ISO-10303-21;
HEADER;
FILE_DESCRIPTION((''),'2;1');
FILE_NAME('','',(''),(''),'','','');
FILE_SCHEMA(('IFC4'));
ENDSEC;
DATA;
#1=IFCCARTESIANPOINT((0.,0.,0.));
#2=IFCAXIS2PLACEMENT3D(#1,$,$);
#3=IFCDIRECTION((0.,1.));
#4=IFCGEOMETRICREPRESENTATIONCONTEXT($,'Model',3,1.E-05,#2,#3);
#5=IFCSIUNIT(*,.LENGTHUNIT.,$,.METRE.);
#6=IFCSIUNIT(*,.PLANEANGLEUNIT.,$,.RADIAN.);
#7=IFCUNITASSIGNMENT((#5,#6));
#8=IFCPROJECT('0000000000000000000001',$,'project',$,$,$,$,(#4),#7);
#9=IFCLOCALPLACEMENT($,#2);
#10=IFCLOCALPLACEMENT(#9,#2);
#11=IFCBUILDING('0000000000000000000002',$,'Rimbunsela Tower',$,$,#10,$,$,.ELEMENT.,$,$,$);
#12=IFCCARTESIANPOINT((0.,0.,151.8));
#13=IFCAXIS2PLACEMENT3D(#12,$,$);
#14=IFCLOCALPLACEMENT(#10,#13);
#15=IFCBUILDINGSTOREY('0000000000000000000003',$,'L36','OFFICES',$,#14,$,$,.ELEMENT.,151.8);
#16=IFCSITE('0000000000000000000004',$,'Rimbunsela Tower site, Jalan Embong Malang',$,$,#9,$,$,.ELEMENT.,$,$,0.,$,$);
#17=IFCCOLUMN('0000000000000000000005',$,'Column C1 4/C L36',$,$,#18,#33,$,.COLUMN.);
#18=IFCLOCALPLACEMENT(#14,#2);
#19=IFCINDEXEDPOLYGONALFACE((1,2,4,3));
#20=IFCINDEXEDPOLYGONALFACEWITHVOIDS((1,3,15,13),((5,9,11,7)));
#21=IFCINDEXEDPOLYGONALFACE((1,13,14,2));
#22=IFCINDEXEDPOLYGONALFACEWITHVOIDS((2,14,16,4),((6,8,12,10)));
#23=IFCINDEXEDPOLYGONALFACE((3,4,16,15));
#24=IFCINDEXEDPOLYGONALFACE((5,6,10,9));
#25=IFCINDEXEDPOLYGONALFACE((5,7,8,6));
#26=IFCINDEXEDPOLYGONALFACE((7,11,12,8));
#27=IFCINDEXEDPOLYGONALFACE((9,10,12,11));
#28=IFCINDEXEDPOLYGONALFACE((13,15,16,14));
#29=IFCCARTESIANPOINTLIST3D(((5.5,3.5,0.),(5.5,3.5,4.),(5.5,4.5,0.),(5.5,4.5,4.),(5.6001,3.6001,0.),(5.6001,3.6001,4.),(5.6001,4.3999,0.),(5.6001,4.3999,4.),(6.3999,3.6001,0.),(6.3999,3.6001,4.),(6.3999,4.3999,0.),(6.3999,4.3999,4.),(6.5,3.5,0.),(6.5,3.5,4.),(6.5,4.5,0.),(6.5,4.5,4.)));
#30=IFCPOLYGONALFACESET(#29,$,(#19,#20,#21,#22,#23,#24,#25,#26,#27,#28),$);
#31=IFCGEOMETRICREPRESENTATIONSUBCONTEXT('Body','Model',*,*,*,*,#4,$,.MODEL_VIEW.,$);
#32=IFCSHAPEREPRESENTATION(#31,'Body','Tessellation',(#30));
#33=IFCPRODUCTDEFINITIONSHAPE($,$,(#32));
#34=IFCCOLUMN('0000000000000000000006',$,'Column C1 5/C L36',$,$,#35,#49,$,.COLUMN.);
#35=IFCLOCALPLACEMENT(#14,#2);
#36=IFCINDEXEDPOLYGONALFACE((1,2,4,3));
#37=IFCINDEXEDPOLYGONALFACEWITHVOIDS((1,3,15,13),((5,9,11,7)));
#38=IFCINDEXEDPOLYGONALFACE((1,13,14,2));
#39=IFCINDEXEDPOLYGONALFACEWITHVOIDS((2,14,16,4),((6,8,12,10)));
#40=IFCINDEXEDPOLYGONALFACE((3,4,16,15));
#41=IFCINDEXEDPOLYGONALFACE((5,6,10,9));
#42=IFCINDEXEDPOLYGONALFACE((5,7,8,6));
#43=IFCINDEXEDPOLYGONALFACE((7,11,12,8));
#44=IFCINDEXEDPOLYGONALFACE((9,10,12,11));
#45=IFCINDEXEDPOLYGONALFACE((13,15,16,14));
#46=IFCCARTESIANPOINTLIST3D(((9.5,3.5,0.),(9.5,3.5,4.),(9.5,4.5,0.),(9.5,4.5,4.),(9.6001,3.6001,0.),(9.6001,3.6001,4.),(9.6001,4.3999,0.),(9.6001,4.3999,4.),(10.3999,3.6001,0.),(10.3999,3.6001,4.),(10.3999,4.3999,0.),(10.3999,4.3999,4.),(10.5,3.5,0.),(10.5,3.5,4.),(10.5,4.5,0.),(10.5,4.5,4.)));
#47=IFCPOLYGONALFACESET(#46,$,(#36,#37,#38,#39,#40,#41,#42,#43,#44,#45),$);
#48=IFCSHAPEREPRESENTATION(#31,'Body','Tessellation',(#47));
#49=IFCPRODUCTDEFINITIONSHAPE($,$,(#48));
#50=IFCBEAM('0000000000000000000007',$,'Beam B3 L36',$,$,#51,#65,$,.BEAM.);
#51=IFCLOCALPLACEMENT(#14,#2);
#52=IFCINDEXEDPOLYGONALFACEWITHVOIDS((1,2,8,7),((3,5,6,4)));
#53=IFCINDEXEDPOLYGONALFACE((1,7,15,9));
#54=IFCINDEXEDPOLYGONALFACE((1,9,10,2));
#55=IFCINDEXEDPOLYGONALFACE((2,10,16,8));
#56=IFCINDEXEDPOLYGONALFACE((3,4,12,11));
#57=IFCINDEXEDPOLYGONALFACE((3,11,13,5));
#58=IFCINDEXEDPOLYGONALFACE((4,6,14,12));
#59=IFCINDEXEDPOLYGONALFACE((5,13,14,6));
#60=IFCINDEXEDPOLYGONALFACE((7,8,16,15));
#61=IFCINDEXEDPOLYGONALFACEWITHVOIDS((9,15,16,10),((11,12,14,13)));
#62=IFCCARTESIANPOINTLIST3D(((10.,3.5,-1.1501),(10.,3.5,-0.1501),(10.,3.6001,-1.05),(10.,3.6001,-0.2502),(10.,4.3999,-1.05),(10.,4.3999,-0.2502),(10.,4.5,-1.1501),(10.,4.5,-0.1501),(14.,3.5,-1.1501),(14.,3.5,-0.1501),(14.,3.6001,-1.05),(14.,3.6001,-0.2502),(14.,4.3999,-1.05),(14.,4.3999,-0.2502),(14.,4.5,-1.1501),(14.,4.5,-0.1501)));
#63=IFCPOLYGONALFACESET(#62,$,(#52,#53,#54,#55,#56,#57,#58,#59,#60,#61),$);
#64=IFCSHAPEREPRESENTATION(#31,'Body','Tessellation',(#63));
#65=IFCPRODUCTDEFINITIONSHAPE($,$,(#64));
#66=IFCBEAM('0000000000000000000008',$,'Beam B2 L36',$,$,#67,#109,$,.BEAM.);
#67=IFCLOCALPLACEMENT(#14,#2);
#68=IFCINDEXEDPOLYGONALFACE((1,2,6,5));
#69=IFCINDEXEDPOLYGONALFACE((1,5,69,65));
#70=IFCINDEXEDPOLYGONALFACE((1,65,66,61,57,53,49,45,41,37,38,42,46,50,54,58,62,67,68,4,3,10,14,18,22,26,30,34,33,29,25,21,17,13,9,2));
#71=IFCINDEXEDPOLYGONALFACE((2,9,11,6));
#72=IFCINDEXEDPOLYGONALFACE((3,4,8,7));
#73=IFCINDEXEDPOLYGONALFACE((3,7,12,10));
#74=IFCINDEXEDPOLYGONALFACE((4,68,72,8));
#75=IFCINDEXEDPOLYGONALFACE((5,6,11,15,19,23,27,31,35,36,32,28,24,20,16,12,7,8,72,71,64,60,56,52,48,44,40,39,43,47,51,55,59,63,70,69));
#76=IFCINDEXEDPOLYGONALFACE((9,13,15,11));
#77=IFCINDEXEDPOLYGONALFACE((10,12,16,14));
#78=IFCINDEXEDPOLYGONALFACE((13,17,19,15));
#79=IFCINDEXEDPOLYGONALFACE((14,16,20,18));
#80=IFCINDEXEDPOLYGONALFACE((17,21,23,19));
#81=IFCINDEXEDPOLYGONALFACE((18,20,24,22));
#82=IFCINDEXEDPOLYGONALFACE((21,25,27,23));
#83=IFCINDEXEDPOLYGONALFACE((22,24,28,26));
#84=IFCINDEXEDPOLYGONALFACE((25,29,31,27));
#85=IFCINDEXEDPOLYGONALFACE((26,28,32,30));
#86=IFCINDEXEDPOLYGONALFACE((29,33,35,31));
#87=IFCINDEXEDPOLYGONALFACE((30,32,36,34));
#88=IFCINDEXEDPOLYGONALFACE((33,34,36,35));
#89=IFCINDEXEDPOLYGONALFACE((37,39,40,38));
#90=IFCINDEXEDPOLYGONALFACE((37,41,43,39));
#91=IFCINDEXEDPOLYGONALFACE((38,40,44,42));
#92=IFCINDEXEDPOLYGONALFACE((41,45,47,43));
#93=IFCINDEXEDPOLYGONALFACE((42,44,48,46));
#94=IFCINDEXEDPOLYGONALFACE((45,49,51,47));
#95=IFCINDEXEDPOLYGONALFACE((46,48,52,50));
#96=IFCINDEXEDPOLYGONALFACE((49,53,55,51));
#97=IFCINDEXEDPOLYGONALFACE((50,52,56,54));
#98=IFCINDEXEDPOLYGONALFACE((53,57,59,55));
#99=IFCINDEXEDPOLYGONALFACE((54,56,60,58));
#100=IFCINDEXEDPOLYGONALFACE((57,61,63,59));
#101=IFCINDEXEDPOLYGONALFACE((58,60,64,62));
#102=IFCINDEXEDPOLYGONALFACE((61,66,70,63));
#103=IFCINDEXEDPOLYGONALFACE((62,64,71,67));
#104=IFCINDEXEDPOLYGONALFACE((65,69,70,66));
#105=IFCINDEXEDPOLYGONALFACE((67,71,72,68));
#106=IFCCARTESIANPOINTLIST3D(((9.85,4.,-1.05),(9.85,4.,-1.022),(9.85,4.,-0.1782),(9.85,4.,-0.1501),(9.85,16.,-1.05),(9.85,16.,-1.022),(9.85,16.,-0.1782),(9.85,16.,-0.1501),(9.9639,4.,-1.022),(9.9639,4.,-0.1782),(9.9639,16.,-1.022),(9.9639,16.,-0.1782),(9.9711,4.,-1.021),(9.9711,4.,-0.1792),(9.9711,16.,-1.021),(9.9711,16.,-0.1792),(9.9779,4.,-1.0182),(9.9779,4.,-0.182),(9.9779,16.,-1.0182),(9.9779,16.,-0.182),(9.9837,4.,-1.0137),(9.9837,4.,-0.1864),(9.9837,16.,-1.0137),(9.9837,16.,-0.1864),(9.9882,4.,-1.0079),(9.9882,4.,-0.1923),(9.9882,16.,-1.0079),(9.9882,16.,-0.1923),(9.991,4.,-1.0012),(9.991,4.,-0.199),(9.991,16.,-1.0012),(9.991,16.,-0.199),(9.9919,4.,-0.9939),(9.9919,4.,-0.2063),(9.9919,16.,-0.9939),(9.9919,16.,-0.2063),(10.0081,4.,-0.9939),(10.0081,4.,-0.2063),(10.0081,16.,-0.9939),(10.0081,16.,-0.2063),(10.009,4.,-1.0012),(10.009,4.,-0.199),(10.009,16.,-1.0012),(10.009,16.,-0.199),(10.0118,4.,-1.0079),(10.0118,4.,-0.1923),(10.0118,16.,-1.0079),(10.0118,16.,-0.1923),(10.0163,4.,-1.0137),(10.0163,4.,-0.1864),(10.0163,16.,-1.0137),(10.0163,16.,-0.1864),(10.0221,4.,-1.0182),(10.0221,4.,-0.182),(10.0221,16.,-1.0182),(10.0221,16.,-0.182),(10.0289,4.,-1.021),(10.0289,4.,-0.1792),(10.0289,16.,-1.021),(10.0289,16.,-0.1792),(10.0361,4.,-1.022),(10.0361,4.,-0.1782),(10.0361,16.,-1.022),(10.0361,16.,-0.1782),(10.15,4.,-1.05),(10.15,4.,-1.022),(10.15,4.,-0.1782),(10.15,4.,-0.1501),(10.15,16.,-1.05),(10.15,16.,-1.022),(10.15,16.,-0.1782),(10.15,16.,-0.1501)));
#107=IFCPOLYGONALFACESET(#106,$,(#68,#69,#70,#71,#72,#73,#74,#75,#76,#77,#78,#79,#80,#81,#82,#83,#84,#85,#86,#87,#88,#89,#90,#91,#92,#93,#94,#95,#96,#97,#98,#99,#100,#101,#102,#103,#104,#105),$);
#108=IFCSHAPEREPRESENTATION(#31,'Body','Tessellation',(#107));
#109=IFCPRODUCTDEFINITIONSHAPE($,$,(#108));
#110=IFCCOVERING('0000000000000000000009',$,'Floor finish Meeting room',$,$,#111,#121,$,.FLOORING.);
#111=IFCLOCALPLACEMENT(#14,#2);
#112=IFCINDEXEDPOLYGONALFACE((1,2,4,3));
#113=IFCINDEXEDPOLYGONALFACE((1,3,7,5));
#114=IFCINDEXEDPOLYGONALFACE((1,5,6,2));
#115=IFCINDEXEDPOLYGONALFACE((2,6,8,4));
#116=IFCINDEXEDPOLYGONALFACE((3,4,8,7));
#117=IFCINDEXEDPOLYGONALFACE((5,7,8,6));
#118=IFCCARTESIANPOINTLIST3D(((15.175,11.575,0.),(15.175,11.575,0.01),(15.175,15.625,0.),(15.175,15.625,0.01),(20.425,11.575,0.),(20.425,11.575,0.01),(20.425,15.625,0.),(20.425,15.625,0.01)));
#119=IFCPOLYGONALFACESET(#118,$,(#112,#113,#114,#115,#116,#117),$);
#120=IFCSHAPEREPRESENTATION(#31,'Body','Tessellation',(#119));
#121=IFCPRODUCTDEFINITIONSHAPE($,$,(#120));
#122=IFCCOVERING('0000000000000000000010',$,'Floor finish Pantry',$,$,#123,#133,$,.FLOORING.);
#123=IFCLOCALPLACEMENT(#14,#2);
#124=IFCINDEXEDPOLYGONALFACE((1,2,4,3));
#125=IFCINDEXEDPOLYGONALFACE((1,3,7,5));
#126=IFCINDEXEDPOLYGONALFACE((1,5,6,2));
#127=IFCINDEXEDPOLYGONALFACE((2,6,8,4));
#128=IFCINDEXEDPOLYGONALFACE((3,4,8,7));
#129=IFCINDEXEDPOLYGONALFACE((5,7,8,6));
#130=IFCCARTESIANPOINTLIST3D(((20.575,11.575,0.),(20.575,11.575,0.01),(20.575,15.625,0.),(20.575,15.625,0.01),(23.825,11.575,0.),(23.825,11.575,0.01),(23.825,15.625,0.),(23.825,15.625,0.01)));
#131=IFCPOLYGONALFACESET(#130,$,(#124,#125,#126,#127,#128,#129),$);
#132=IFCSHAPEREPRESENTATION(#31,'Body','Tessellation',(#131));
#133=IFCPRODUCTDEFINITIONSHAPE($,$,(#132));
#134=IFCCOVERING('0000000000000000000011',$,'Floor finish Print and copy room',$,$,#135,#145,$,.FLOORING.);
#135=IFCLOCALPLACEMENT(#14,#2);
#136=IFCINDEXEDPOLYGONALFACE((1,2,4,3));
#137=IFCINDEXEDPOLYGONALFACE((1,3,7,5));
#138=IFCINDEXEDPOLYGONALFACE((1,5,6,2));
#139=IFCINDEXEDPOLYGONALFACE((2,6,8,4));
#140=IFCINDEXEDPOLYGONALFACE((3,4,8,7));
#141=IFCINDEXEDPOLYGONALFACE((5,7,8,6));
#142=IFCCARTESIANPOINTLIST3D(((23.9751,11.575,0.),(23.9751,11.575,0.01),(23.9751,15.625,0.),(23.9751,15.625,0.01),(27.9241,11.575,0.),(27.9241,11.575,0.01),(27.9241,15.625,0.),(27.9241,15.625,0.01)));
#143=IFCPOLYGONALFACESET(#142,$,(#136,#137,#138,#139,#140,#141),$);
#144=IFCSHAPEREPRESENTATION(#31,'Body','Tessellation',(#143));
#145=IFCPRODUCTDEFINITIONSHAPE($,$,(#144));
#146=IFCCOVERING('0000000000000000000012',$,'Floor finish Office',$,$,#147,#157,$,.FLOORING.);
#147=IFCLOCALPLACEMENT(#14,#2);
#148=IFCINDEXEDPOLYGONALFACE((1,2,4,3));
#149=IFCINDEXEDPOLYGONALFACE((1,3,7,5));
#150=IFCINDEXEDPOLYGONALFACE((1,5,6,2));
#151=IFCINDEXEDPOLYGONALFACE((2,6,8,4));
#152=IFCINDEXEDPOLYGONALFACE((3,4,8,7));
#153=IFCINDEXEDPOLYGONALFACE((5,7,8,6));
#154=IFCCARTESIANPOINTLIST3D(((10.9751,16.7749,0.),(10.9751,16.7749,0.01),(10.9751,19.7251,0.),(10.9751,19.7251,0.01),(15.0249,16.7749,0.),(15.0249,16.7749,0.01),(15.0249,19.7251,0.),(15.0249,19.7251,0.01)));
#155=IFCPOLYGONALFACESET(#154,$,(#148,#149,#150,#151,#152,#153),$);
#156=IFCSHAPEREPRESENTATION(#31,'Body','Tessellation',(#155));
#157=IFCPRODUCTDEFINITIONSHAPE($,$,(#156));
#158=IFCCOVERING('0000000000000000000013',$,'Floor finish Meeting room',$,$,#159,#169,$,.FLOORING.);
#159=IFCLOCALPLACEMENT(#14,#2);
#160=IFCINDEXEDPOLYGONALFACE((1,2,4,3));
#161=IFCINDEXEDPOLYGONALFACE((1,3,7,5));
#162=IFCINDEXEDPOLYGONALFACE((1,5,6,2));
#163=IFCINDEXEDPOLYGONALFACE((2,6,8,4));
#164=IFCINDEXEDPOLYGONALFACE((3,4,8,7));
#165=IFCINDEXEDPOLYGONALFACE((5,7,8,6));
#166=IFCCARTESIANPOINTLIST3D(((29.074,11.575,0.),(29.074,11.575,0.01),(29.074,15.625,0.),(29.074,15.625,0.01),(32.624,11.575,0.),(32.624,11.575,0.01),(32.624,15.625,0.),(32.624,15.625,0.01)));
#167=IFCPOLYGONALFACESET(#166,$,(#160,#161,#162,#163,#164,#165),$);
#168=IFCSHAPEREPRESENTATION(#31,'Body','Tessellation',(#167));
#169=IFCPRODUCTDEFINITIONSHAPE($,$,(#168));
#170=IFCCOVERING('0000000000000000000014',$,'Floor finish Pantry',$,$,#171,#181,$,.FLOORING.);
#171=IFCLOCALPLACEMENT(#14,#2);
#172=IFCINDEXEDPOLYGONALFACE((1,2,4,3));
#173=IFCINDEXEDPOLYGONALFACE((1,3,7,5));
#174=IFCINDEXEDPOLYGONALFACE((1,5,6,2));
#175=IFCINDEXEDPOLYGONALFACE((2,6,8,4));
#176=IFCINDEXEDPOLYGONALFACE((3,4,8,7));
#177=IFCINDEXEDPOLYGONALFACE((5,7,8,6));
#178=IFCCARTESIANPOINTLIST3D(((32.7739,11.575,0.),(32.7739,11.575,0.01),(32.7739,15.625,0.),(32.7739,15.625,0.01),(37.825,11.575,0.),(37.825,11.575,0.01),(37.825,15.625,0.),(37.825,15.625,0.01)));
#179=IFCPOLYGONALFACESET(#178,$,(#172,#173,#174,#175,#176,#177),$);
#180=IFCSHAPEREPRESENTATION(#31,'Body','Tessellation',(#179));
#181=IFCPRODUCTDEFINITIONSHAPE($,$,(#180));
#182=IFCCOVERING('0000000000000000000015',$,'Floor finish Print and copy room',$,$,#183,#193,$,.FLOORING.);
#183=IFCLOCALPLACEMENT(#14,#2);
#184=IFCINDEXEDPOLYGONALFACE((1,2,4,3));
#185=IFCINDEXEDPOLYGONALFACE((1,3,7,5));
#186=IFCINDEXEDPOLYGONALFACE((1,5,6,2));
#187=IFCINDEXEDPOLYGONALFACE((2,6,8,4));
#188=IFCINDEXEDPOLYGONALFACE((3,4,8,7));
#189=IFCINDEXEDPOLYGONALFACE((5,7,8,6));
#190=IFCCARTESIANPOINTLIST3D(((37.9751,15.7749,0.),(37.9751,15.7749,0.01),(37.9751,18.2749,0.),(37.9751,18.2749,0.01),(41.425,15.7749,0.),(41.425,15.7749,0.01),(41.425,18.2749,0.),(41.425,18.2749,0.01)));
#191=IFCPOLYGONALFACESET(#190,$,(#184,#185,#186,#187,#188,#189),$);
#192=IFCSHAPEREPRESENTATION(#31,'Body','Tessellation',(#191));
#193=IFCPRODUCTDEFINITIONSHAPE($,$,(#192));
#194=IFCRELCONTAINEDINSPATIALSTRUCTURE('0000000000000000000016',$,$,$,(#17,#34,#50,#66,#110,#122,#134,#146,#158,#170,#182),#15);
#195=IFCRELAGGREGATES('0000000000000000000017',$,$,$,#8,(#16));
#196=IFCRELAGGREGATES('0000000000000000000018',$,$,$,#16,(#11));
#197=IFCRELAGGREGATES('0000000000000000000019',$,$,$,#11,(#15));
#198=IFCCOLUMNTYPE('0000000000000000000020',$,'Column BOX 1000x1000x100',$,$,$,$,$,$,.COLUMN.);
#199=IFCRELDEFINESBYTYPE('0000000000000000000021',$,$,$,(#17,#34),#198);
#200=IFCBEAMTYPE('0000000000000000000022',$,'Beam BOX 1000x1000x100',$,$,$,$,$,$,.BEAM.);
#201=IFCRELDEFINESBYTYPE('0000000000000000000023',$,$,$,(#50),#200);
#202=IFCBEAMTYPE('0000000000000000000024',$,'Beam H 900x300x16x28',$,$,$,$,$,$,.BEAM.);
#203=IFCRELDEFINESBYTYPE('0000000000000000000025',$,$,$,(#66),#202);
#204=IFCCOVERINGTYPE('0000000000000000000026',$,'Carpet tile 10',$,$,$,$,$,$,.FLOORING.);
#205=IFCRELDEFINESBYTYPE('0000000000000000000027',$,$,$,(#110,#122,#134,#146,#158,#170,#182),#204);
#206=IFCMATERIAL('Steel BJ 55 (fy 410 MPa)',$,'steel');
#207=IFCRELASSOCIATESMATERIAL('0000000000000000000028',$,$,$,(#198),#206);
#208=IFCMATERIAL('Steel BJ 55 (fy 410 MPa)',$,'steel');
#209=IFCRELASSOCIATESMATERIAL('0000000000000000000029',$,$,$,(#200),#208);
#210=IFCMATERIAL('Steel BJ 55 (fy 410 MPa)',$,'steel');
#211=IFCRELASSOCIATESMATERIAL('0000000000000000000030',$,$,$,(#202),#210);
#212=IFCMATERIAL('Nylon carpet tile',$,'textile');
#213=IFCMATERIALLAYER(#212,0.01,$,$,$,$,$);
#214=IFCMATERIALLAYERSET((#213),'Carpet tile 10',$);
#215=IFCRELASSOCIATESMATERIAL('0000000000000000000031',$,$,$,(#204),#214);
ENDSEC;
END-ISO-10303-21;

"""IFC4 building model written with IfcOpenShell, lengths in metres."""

from ifc_helpers import new_model, si_unit, direction, frame, origin, origin_2d, place, context, subcontext, project, spatial, polyline, hollow_rectangle, i_section, outline, extrude, material, layer, layer_set, material_profile, profile_set, type_object, element, save


model = new_model("IFC4")

# Units and contexts
model_context = context("Model", 3, precision=1e-05, world=origin(), true_north=direction((0.0, 1.0)))
body_context = subcontext(model_context, "Body", "Model", "MODEL_VIEW")
ifc_project = project(units=[si_unit("LENGTHUNIT", "METRE"), si_unit("PLANEANGLEUNIT", "RADIAN")], contexts=[model_context])

# Site, building, storey
site_placement = place(None, origin())
site = spatial("IfcSite", under=ifc_project, at=site_placement, Name="Rimbunsela Tower site, Jalan Embong Malang", CompositionType="ELEMENT", RefElevation=0.0)
building_placement = place(site_placement, origin())
building = spatial("IfcBuilding", under=site, at=building_placement, Name="Rimbunsela Tower", CompositionType="ELEMENT")
storey_placement = place(building_placement, frame((0.0, 0.0, 151.8)))
storey = spatial("IfcBuildingStorey", under=building, at=storey_placement, Name="L36", Description="OFFICES", CompositionType="ELEMENT", Elevation=151.8)

# Columns
ifc_material_1 = material(Name="Steel BJ 55 (fy 410 MPa)", Category="steel")
ifc_material_profile_1 = material_profile(ifc_material_1, hollow_rectangle(XDim=1.0, YDim=1.0, WallThickness=0.1001, at=origin_2d()), Name="BOX 1000x1000x100")
ifc_profile_set_1 = profile_set([ifc_material_profile_1], Name="Steel BJ 55 (fy 410 MPa)")
column_type = type_object("IfcColumnType", Name="Column BOX 1000x1000x100", PredefinedType="COLUMN", material=ifc_profile_set_1)
for number, where, z_axis, x_axis, name in (
    (1, (6.0, 4.0, 0.0), (0.0, 0.0, 1.0), (1.0, 0.0, 0.0), "Column C1 4/C L36"),
    (2, (10.0, 4.0, 0.0), (0.0, 0.0, 1.0), (1.0, 0.0, 0.0), "Column C1 5/C L36"),
):
    element("IfcColumn", number, at=place(storey_placement, frame(where, z_axis=z_axis, x_axis=x_axis)), inside=storey, type_object=column_type, Name=name, PredefinedType="COLUMN", context=body_context, shape_type="SweptSolid", body=[
        extrude(hollow_rectangle(XDim=1.0, YDim=1.0, WallThickness=0.1001, at=origin_2d()), origin(), (0.0, 0.0, 1.0), 4.0),
    ])

# Beams
ifc_material_2 = material(Name="Steel BJ 55 (fy 410 MPa)", Category="steel")
ifc_material_profile_2 = material_profile(ifc_material_2, hollow_rectangle(XDim=1.0, YDim=1.0, WallThickness=0.1001, at=origin_2d()), Name="BOX 1000x1000x100")
ifc_profile_set_2 = profile_set([ifc_material_profile_2], Name="Steel BJ 55 (fy 410 MPa)")
beam_type_1 = type_object("IfcBeamType", Name="Beam BOX 1000x1000x100", PredefinedType="BEAM", material=ifc_profile_set_2)
beam_1_placement = place(storey_placement, frame((10.0, 4.0, -0.6501), z_axis=(1.0, 0.0, 0.0), x_axis=(0.0, 1.0, 0.0)))
element("IfcBeam", 3, at=beam_1_placement, inside=storey, type_object=beam_type_1, Name="Beam B3 L36", PredefinedType="BEAM", context=body_context, shape_type="SweptSolid", body=[
    extrude(hollow_rectangle(XDim=1.0, YDim=1.0, WallThickness=0.1001, at=origin_2d()), origin(), (0.0, 0.0, 1.0), 4.0),
])
ifc_material_3 = material(Name="Steel BJ 55 (fy 410 MPa)", Category="steel")
ifc_material_profile_3 = material_profile(ifc_material_3, i_section(OverallWidth=0.3, OverallDepth=0.8999, WebThickness=0.0161, FlangeThickness=0.0281, FilletRadius=0.0281, at=origin_2d()), Name="H 900x300x16x28")
ifc_profile_set_3 = profile_set([ifc_material_profile_3], Name="Steel BJ 55 (fy 410 MPa)")
beam_type_2 = type_object("IfcBeamType", Name="Beam H 900x300x16x28", PredefinedType="BEAM", material=ifc_profile_set_3)
beam_2_placement = place(storey_placement, frame((10.0, 4.0, -0.6001), z_axis=(0.0, 1.0, 0.0), x_axis=(-1.0, 0.0, 0.0)))
element("IfcBeam", 4, at=beam_2_placement, inside=storey, type_object=beam_type_2, Name="Beam B2 L36", PredefinedType="BEAM", context=body_context, shape_type="SweptSolid", body=[
    extrude(i_section(OverallWidth=0.3, OverallDepth=0.8999, WebThickness=0.0161, FlangeThickness=0.0281, FilletRadius=0.0281, at=origin_2d()), origin(), (0.0, 0.0, 1.0), 12.0),
])

# Coverings
ifc_material_4 = material(Name="Nylon carpet tile", Category="textile")
ifc_layer_1 = layer(ifc_material_4, 0.01)
ifc_layer_set_1 = layer_set([ifc_layer_1], Name="Carpet tile 10")
covering_type_1 = type_object("IfcCoveringType", Name="Carpet tile 10", PredefinedType="FLOORING", material=ifc_layer_set_1)
covering_1_placement = place(storey_placement, origin())
element("IfcCovering", 5, at=covering_1_placement, inside=storey, type_object=covering_type_1, Name="Floor finish Meeting room", PredefinedType="FLOORING", context=body_context, shape_type="SweptSolid", body=[
    extrude(outline(polyline([(20.425, 11.575), (20.425, 15.625), (15.175, 15.625), (15.175, 11.575), (20.425, 11.575)])), origin(), (0.0, 0.0, 1.0), 0.01),
])
covering_2_placement = place(storey_placement, origin())
element("IfcCovering", 6, at=covering_2_placement, inside=storey, type_object=covering_type_1, Name="Floor finish Pantry", PredefinedType="FLOORING", context=body_context, shape_type="SweptSolid", body=[
    extrude(outline(polyline([(23.825, 11.575), (23.825, 15.625), (20.575, 15.625), (20.575, 11.575), (23.825, 11.575)])), origin(), (0.0, 0.0, 1.0), 0.01),
])
covering_3_placement = place(storey_placement, origin())
element("IfcCovering", 7, at=covering_3_placement, inside=storey, type_object=covering_type_1, Name="Floor finish Print and copy room", PredefinedType="FLOORING", context=body_context, shape_type="SweptSolid", body=[
    extrude(outline(polyline([(27.9241, 11.575), (27.9241, 15.625), (23.9751, 15.625), (23.9751, 11.575), (27.9241, 11.575)])), origin(), (0.0, 0.0, 1.0), 0.01),
])
covering_4_placement = place(storey_placement, origin())
element("IfcCovering", 8, at=covering_4_placement, inside=storey, type_object=covering_type_1, Name="Floor finish Office", PredefinedType="FLOORING", context=body_context, shape_type="SweptSolid", body=[
    extrude(outline(polyline([(15.0249, 16.7749), (15.0249, 19.7251), (10.9751, 19.7251), (10.9751, 16.7749), (15.0249, 16.7749)])), origin(), (0.0, 0.0, 1.0), 0.01),
])
covering_5_placement = place(storey_placement, origin())
element("IfcCovering", 9, at=covering_5_placement, inside=storey, type_object=covering_type_1, Name="Floor finish Meeting room", PredefinedType="FLOORING", context=body_context, shape_type="SweptSolid", body=[
    extrude(outline(polyline([(32.624, 11.575), (32.624, 15.625), (29.074, 15.625), (29.074, 11.575), (32.624, 11.575)])), origin(), (0.0, 0.0, 1.0), 0.01),
])
covering_6_placement = place(storey_placement, origin())
element("IfcCovering", 10, at=covering_6_placement, inside=storey, type_object=covering_type_1, Name="Floor finish Pantry", PredefinedType="FLOORING", context=body_context, shape_type="SweptSolid", body=[
    extrude(outline(polyline([(37.825, 11.575), (37.825, 15.625), (32.7739, 15.625), (32.7739, 11.575), (37.825, 11.575)])), origin(), (0.0, 0.0, 1.0), 0.01),
])
covering_7_placement = place(storey_placement, origin())
element("IfcCovering", 11, at=covering_7_placement, inside=storey, type_object=covering_type_1, Name="Floor finish Print and copy room", PredefinedType="FLOORING", context=body_context, shape_type="SweptSolid", body=[
    extrude(outline(polyline([(41.425, 15.7749), (41.425, 18.2749), (37.9751, 18.2749), (37.9751, 15.7749), (41.425, 15.7749)])), origin(), (0.0, 0.0, 1.0), 0.01),
])

save(model, "model.ifc")
